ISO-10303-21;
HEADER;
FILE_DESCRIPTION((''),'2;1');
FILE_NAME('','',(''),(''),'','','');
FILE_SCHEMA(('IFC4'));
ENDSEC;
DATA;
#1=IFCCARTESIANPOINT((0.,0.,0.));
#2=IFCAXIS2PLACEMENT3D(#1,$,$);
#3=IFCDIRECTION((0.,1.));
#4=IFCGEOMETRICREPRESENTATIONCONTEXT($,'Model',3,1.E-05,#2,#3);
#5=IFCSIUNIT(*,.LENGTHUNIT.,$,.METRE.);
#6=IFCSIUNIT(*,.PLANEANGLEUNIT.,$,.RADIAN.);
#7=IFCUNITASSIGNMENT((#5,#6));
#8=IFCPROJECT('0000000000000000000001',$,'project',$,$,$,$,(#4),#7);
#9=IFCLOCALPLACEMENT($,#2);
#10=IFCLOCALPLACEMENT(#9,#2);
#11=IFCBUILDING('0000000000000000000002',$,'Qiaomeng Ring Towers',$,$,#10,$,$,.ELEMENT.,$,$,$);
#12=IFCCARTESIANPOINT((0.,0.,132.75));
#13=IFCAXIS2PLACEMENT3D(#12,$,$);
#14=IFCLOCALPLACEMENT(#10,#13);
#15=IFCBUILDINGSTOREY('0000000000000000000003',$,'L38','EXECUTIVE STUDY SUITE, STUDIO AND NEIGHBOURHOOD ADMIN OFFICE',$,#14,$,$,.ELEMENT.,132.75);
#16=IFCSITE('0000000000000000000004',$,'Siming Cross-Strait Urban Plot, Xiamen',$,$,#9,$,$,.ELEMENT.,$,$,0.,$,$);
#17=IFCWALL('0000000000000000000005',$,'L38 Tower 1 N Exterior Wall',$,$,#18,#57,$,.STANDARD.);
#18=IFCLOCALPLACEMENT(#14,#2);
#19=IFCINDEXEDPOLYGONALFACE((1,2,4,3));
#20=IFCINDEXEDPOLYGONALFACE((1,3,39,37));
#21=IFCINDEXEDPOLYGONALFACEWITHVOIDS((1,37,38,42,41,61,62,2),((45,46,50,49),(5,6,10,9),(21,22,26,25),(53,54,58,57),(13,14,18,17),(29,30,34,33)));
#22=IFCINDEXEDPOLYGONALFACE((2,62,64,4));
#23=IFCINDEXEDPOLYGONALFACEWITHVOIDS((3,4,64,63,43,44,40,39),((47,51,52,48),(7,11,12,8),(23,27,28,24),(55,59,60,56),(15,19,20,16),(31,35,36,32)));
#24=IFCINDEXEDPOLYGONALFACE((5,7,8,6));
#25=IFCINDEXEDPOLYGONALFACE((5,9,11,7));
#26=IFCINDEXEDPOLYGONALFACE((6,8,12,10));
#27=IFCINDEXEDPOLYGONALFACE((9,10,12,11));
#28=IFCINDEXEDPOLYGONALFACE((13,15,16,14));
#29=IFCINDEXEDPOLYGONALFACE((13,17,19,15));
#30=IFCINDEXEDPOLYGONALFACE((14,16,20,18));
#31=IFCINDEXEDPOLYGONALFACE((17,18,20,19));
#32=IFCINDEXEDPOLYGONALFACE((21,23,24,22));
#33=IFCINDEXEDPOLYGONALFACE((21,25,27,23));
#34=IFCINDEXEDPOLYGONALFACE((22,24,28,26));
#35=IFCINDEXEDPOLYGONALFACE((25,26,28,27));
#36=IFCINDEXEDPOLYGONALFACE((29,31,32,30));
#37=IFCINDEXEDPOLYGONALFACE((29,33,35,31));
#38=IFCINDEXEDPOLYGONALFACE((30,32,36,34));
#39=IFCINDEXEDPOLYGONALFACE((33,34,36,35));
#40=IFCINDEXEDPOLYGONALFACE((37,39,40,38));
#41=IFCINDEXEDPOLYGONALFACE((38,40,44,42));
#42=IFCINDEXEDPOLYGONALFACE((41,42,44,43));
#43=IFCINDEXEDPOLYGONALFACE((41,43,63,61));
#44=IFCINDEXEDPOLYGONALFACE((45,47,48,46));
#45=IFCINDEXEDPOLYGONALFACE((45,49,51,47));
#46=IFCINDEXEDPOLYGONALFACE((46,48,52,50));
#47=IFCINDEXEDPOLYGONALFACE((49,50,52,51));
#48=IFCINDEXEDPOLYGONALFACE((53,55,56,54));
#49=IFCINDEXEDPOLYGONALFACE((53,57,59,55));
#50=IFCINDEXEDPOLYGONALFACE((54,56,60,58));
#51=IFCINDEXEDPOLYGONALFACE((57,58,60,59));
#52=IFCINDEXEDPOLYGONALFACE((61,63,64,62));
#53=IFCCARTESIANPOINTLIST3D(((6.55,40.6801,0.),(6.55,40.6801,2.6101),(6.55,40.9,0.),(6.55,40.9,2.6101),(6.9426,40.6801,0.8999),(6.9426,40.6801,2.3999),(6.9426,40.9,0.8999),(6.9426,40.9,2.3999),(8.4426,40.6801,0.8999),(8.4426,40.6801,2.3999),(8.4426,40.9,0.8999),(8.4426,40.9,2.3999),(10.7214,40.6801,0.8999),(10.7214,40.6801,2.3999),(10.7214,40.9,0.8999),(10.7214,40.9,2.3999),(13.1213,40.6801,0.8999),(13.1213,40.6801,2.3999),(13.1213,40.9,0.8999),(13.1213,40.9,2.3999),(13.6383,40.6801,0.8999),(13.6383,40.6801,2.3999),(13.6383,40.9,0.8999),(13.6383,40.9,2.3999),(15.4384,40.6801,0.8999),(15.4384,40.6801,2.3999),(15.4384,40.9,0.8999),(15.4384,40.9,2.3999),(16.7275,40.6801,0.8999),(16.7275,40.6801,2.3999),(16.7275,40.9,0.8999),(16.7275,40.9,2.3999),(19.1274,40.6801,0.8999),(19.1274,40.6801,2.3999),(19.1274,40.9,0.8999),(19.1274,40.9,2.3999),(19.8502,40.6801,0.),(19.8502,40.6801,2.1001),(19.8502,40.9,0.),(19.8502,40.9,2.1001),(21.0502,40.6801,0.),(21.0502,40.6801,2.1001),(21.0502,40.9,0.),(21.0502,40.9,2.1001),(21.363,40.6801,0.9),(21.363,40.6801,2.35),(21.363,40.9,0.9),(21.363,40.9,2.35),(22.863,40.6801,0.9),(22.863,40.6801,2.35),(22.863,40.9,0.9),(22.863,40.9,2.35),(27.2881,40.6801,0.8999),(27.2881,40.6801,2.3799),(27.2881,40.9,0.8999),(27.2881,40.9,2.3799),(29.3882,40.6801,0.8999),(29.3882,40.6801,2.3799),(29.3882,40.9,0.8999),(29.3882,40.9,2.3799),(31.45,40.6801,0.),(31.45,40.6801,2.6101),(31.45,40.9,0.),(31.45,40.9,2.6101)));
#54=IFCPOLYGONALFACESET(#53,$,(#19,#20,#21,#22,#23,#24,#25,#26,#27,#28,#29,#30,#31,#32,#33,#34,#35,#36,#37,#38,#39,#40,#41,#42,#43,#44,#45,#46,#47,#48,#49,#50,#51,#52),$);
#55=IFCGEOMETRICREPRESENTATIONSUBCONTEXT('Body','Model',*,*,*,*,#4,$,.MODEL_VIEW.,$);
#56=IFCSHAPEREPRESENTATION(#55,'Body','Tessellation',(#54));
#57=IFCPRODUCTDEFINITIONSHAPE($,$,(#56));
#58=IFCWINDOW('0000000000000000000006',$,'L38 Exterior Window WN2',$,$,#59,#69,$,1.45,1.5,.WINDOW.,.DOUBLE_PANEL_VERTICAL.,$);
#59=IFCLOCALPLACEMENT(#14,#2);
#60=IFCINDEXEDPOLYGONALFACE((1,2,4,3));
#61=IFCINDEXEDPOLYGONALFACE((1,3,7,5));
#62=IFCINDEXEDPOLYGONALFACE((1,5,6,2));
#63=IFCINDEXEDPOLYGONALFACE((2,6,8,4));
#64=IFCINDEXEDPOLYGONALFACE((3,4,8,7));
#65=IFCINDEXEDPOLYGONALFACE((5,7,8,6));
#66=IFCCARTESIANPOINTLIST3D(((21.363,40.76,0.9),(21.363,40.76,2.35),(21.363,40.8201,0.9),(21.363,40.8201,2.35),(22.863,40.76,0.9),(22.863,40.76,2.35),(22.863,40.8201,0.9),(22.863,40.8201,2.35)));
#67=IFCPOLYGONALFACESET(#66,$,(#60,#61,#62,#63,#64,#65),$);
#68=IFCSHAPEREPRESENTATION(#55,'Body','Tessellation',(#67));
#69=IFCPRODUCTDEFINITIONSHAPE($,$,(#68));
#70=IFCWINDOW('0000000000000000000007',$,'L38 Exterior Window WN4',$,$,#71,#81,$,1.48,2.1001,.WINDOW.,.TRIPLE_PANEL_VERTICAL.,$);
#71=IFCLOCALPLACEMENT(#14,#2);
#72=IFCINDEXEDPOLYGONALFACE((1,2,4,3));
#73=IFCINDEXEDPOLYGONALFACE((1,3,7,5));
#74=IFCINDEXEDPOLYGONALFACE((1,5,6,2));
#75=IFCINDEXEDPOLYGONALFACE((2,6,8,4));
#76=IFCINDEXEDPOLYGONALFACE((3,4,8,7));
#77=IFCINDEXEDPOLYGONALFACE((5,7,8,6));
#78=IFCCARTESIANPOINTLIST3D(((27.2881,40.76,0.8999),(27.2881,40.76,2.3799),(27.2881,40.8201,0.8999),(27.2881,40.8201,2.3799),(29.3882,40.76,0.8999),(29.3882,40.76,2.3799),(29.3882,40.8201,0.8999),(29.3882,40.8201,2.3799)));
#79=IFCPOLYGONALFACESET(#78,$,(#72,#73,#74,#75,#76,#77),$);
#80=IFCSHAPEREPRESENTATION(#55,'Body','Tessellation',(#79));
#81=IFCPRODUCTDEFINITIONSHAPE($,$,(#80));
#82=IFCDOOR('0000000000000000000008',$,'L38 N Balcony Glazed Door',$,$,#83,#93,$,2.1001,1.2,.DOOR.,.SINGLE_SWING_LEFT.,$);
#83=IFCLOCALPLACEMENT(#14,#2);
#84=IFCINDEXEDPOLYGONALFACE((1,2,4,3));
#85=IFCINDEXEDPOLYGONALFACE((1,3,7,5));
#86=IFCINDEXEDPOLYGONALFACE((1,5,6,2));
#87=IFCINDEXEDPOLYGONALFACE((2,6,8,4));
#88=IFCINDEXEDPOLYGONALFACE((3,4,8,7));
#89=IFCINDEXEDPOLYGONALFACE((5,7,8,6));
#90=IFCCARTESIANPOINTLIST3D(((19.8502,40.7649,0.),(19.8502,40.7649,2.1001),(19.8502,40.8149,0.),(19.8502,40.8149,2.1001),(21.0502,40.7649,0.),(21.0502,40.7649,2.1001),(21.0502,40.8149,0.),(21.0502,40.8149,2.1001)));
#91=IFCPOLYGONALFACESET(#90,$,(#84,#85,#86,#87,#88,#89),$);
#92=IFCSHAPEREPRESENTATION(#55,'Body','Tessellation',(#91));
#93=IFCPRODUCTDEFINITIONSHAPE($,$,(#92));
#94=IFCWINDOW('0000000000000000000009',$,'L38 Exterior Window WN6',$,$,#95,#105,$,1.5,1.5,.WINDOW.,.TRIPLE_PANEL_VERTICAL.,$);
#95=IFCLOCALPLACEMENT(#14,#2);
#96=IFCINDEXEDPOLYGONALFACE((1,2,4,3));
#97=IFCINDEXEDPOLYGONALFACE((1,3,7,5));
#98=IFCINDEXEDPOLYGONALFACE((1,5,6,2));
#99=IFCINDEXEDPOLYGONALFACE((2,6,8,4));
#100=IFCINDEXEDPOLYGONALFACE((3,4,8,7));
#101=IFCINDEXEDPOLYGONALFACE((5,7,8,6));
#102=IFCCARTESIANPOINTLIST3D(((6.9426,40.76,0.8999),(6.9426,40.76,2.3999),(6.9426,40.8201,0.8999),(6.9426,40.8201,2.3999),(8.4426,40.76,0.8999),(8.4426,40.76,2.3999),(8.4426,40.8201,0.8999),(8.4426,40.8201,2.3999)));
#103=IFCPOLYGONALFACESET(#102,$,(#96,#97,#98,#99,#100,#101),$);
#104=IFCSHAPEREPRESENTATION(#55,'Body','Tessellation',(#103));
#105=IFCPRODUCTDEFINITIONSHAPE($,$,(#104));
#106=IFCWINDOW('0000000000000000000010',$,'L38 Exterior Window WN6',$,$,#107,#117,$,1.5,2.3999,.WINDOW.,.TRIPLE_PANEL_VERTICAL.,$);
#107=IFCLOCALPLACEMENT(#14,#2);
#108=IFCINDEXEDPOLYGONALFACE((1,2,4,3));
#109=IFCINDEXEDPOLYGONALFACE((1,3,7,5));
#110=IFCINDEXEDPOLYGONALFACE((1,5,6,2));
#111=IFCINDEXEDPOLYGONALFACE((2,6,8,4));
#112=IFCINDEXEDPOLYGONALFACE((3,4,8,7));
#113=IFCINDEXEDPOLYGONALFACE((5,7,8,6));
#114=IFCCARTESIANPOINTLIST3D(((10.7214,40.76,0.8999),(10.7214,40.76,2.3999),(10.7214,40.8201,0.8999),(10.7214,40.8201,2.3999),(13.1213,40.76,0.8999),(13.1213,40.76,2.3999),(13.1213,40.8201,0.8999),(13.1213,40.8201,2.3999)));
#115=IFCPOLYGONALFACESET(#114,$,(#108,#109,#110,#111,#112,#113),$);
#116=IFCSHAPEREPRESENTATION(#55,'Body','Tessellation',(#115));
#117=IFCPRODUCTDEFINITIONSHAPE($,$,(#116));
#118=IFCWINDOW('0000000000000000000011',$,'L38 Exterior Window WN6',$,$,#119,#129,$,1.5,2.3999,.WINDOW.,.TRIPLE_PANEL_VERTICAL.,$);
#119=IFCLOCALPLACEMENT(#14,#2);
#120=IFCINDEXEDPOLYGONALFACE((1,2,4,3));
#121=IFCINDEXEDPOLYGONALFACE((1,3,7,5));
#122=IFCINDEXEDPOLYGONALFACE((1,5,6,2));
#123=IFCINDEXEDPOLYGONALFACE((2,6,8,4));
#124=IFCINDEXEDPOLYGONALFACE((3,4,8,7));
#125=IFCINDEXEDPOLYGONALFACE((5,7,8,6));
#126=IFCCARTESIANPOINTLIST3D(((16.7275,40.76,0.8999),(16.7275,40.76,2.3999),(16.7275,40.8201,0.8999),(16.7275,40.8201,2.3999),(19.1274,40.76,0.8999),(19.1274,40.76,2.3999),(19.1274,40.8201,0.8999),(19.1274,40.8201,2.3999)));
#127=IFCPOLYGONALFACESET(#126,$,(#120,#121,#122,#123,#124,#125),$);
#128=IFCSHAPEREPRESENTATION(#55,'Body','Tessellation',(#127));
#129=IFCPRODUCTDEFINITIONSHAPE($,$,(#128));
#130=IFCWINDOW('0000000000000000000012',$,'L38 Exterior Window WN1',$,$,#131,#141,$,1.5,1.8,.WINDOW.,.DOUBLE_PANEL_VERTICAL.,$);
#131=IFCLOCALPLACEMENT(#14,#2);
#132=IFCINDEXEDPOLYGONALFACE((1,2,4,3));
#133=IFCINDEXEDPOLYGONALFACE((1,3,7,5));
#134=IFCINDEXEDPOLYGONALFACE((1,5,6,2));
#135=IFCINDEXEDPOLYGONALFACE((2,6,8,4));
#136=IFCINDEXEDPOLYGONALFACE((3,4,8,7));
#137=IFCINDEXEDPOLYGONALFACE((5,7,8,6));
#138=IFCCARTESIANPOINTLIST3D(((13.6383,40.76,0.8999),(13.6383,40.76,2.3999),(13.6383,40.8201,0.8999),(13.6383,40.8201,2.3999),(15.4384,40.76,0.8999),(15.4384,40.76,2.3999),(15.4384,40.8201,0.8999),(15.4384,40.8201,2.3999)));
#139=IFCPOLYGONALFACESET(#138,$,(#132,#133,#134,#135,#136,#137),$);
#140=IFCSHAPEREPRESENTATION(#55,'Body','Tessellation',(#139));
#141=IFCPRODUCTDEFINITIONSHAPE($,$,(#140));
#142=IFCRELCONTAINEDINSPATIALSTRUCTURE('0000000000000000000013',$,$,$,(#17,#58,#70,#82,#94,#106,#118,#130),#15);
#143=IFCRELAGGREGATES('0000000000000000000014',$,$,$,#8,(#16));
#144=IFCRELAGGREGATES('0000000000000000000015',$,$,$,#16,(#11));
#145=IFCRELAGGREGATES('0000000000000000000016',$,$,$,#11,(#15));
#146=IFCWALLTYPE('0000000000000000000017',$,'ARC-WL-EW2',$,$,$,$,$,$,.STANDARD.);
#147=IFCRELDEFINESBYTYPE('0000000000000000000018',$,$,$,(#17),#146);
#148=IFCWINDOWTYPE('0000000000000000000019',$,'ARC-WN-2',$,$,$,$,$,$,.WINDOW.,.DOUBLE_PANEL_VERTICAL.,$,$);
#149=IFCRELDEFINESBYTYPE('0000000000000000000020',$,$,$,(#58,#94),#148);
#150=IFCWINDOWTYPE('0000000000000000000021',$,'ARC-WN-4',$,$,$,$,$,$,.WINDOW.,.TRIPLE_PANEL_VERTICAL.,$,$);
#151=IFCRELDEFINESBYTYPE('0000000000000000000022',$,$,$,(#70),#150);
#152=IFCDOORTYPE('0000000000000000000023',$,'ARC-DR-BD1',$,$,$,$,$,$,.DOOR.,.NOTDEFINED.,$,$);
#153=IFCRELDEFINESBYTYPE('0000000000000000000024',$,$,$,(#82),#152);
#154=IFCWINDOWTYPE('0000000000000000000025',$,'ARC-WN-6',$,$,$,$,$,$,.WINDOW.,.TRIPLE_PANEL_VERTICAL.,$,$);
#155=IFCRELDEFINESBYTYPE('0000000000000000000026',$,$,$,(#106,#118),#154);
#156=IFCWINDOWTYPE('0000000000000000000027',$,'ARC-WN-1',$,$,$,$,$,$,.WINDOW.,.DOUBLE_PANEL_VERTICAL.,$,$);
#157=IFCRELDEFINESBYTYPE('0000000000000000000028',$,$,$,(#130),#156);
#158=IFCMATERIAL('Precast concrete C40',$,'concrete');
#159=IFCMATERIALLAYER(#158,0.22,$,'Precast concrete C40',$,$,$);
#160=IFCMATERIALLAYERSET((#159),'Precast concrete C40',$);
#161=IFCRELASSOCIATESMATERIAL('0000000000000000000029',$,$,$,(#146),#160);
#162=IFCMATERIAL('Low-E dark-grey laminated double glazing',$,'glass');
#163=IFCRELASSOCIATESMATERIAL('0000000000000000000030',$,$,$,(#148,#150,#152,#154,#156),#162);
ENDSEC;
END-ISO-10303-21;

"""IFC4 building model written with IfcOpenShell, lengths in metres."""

from ifc_helpers import new_model, si_unit, direction, frame, frame_2d, origin, place, context, subcontext, project, spatial, rectangle, extrude, source, transform, mapped, material, layer, layer_set, type_object, element, fill, save


model = new_model("IFC4")

# Units and contexts
model_context = context("Model", 3, precision=1e-05, world=origin(), true_north=direction((0.0, 1.0)))
body_context = subcontext(model_context, "Body", "Model", "MODEL_VIEW")
ifc_project = project(units=[si_unit("LENGTHUNIT", "METRE"), si_unit("PLANEANGLEUNIT", "RADIAN")], contexts=[model_context])

# Site, building, storey
site_placement = place(None, origin())
site = spatial("IfcSite", under=ifc_project, at=site_placement, Name="Siming Cross-Strait Urban Plot, Xiamen", CompositionType="ELEMENT", RefElevation=0.0)
building_placement = place(site_placement, origin())
building = spatial("IfcBuilding", under=site, at=building_placement, Name="Qiaomeng Ring Towers", CompositionType="ELEMENT")
storey_placement = place(building_placement, frame((0.0, 0.0, 132.75)))
storey = spatial("IfcBuildingStorey", under=building, at=storey_placement, Name="L38", Description="EXECUTIVE STUDY SUITE, STUDIO AND NEIGHBOURHOOD ADMIN OFFICE", CompositionType="ELEMENT", Elevation=132.75)

# Wall, openings, windows, door
ifc_material_1 = material(Name="Precast concrete C40", Category="concrete")
ifc_layer_1 = layer(ifc_material_1, 0.22, Name="Precast concrete C40")
ifc_layer_set_1 = layer_set([ifc_layer_1], Name="Precast concrete C40")
wall_type_1 = type_object("IfcWallType", Name="ARC-WL-EW2", PredefinedType="STANDARD", material=ifc_layer_set_1)
wall_1_placement = place(storey_placement, frame((6.55, 40.79, 0.0), z_axis=(0.0, 0.0, 1.0), x_axis=(1.0, 0.0, 0.0)))
wall_1 = element("IfcWall", 1, at=wall_1_placement, inside=storey, type_object=wall_type_1, Name="L38 Tower 1 N Exterior Wall", PredefinedType="STANDARD", context=body_context, shape_type="SweptSolid", body=[
    extrude(rectangle(XDim=24.8999, YDim=0.22, at=frame_2d((12.45, 0.0))), origin(), (0.0, 0.0, 1.0), 2.6101),
])
opening_1_placement = place(wall_1_placement, frame((13.3, 0.0, 0.0)))
opening_1 = element("IfcOpeningElement", 2, at=opening_1_placement, cuts=wall_1, PredefinedType="OPENING", context=body_context, shape_type="SweptSolid", body=[
    extrude(rectangle(XDim=1.2, YDim=2.1001, at=frame_2d((0.6001, 1.05))), frame((0.0, 0.1199, 0.0), z_axis=(0.0, -1.0, 0.0), x_axis=(1.0, 0.0, 0.0)), (0.0, 0.0, 1.0), 0.24),
])
opening_2_placement = place(wall_1_placement, frame((0.3926, 0.0, 0.8999)))
opening_2 = element("IfcOpeningElement", 3, at=opening_2_placement, cuts=wall_1, PredefinedType="OPENING", context=body_context, shape_type="SweptSolid", body=[
    extrude(rectangle(XDim=1.5, YDim=1.5, at=frame_2d((0.75, 0.75))), frame((0.0, 0.1199, 0.0), z_axis=(0.0, -1.0, 0.0), x_axis=(1.0, 0.0, 0.0)), (0.0, 0.0, 1.0), 0.24),
])
opening_3_placement = place(wall_1_placement, frame((7.0884, 0.0, 0.8999)))
opening_3 = element("IfcOpeningElement", 4, at=opening_3_placement, cuts=wall_1, PredefinedType="OPENING", context=body_context, shape_type="SweptSolid", body=[
    extrude(rectangle(XDim=1.8, YDim=1.5, at=frame_2d((0.8999, 0.75))), frame((0.0, 0.1199, 0.0), z_axis=(0.0, -1.0, 0.0), x_axis=(1.0, 0.0, 0.0)), (0.0, 0.0, 1.0), 0.24),
])
opening_4_placement = place(wall_1_placement, frame((14.813, 0.0, 0.8999)))
opening_4 = element("IfcOpeningElement", 5, at=opening_4_placement, cuts=wall_1, PredefinedType="OPENING", context=body_context, shape_type="SweptSolid", body=[
    extrude(rectangle(XDim=1.5, YDim=1.45, at=frame_2d((0.75, 0.7251))), frame((0.0, 0.1199, 0.0), z_axis=(0.0, -1.0, 0.0), x_axis=(1.0, 0.0, 0.0)), (0.0, 0.0, 1.0), 0.24),
])
opening_5_placement = place(wall_1_placement, frame((20.738, 0.0, 0.8999)))
opening_5 = element("IfcOpeningElement", 6, at=opening_5_placement, cuts=wall_1, PredefinedType="OPENING", context=body_context, shape_type="SweptSolid", body=[
    extrude(rectangle(XDim=2.1001, YDim=1.48, at=frame_2d((1.05, 0.74))), frame((0.0, 0.1199, 0.0), z_axis=(0.0, -1.0, 0.0), x_axis=(1.0, 0.0, 0.0)), (0.0, 0.0, 1.0), 0.24),
])
opening_6_placement = place(wall_1_placement, frame((4.1714, 0.0, 0.8999)))
opening_6 = element("IfcOpeningElement", 7, at=opening_6_placement, cuts=wall_1, PredefinedType="OPENING", context=body_context, shape_type="SweptSolid", body=[
    extrude(rectangle(XDim=2.3999, YDim=1.5, at=frame_2d((1.2, 0.75))), frame((0.0, 0.1199, 0.0), z_axis=(0.0, -1.0, 0.0), x_axis=(1.0, 0.0, 0.0)), (0.0, 0.0, 1.0), 0.24),
])
opening_7_placement = place(wall_1_placement, frame((10.1775, 0.0, 0.8999)))
opening_7 = element("IfcOpeningElement", 8, at=opening_7_placement, cuts=wall_1, PredefinedType="OPENING", context=body_context, shape_type="SweptSolid", body=[
    extrude(rectangle(XDim=2.3999, YDim=1.5, at=frame_2d((1.2, 0.75))), frame((0.0, 0.1199, 0.0), z_axis=(0.0, -1.0, 0.0), x_axis=(1.0, 0.0, 0.0)), (0.0, 0.0, 1.0), 0.24),
])
ifc_material_2 = material(Name="Low-E dark-grey laminated double glazing", Category="glass")
window_type_1 = type_object("IfcWindowType", Name="ARC-WN-2", PartitioningType="DOUBLE_PANEL_VERTICAL", PredefinedType="WINDOW", material=ifc_material_2)
shared_shape_1 = source(origin(), body_context, "Body", "SweptSolid", [
    extrude(rectangle(XDim=1.5, YDim=1.45, at=frame_2d((0.75, 0.7251))), frame((0.0, 0.03, 0.0), z_axis=(0.0, -1.0, 0.0), x_axis=(1.0, 0.0, 0.0)), (0.0, 0.0, 1.0), 0.0601),
])
window_1_placement = place(opening_4_placement, origin())
window_1 = element("IfcWindow", 9, at=window_1_placement, inside=storey, type_object=window_type_1, Name="L38 Exterior Window WN2", OverallHeight=1.45, OverallWidth=1.5, PartitioningType="DOUBLE_PANEL_VERTICAL", PredefinedType="WINDOW", context=body_context, shape_type="MappedRepresentation", body=[
    mapped(shared_shape_1, transform((0.0, 0.0, 0.0), x_axis=(1.0, 0.0, 0.0), y_axis=(0.0, 1.0, 0.0), z_axis=(0.0, 0.0, 1.0), scale=1.0)),
])
fill(opening_4, window_1)
window_type_2 = type_object("IfcWindowType", Name="ARC-WN-4", PartitioningType="TRIPLE_PANEL_VERTICAL", PredefinedType="WINDOW", material=ifc_material_2)
shared_shape_2 = source(origin(), body_context, "Body", "SweptSolid", [
    extrude(rectangle(XDim=2.1001, YDim=1.48, at=frame_2d((1.05, 0.74))), frame((0.0, 0.03, 0.0), z_axis=(0.0, -1.0, 0.0), x_axis=(1.0, 0.0, 0.0)), (0.0, 0.0, 1.0), 0.0601),
])
window_2_placement = place(opening_5_placement, origin())
window_2 = element("IfcWindow", 10, at=window_2_placement, inside=storey, type_object=window_type_2, Name="L38 Exterior Window WN4", OverallHeight=1.48, OverallWidth=2.1001, PartitioningType="TRIPLE_PANEL_VERTICAL", PredefinedType="WINDOW", context=body_context, shape_type="MappedRepresentation", body=[
    mapped(shared_shape_2, transform((0.0, 0.0, 0.0), x_axis=(1.0, 0.0, 0.0), y_axis=(0.0, 1.0, 0.0), z_axis=(0.0, 0.0, 1.0), scale=1.0)),
])
fill(opening_5, window_2)
door_type = type_object("IfcDoorType", Name="ARC-DR-BD1", OperationType="NOTDEFINED", PredefinedType="DOOR", material=ifc_material_2)
shared_shape_3 = source(origin(), body_context, "Body", "SweptSolid", [
    extrude(rectangle(XDim=1.2, YDim=2.1001, at=frame_2d((0.6001, 1.05))), frame((0.0, 0.0249, 0.0), z_axis=(0.0, -1.0, 0.0), x_axis=(1.0, 0.0, 0.0)), (0.0, 0.0, 1.0), 0.05),
])
door_1_placement = place(opening_1_placement, origin())
door_1 = element("IfcDoor", 11, at=door_1_placement, inside=storey, type_object=door_type, Name="L38 N Balcony Glazed Door", OperationType="SINGLE_SWING_LEFT", OverallHeight=2.1001, OverallWidth=1.2, PredefinedType="DOOR", context=body_context, shape_type="MappedRepresentation", body=[
    mapped(shared_shape_3, transform((0.0, 0.0, 0.0), x_axis=(1.0, 0.0, 0.0), y_axis=(0.0, 1.0, 0.0), z_axis=(0.0, 0.0, 1.0), scale=1.0)),
])
fill(opening_1, door_1)
shared_shape_4 = source(origin(), body_context, "Body", "SweptSolid", [
    extrude(rectangle(XDim=1.5, YDim=1.5, at=frame_2d((0.75, 0.75))), frame((0.0, 0.03, 0.0), z_axis=(0.0, -1.0, 0.0), x_axis=(1.0, 0.0, 0.0)), (0.0, 0.0, 1.0), 0.0601),
])
window_3_placement = place(opening_2_placement, origin())
window_3 = element("IfcWindow", 12, at=window_3_placement, inside=storey, type_object=window_type_1, Name="L38 Exterior Window WN6", OverallHeight=1.5, OverallWidth=1.5, PartitioningType="TRIPLE_PANEL_VERTICAL", PredefinedType="WINDOW", context=body_context, shape_type="MappedRepresentation", body=[
    mapped(shared_shape_4, transform((0.0, 0.0, 0.0), x_axis=(1.0, 0.0, 0.0), y_axis=(0.0, 1.0, 0.0), z_axis=(0.0, 0.0, 1.0), scale=1.0)),
])
fill(opening_2, window_3)
window_type_3 = type_object("IfcWindowType", Name="ARC-WN-6", PartitioningType="TRIPLE_PANEL_VERTICAL", PredefinedType="WINDOW", material=ifc_material_2)
shared_shape_5 = source(origin(), body_context, "Body", "SweptSolid", [
    extrude(rectangle(XDim=2.3999, YDim=1.5, at=frame_2d((1.2, 0.75))), frame((0.0, 0.03, 0.0), z_axis=(0.0, -1.0, 0.0), x_axis=(1.0, 0.0, 0.0)), (0.0, 0.0, 1.0), 0.0601),
])
window_4_placement = place(opening_6_placement, origin())
window_4 = element("IfcWindow", 13, at=window_4_placement, inside=storey, type_object=window_type_3, Name="L38 Exterior Window WN6", OverallHeight=1.5, OverallWidth=2.3999, PartitioningType="TRIPLE_PANEL_VERTICAL", PredefinedType="WINDOW", context=body_context, shape_type="MappedRepresentation", body=[
    mapped(shared_shape_5, transform((0.0, 0.0, 0.0), x_axis=(1.0, 0.0, 0.0), y_axis=(0.0, 1.0, 0.0), z_axis=(0.0, 0.0, 1.0), scale=1.0)),
])
fill(opening_6, window_4)
window_5_placement = place(opening_7_placement, origin())
window_5 = element("IfcWindow", 14, at=window_5_placement, inside=storey, type_object=window_type_3, Name="L38 Exterior Window WN6", OverallHeight=1.5, OverallWidth=2.3999, PartitioningType="TRIPLE_PANEL_VERTICAL", PredefinedType="WINDOW", context=body_context, shape_type="MappedRepresentation", body=[
    mapped(shared_shape_5, transform((0.0, 0.0, 0.0), x_axis=(1.0, 0.0, 0.0), y_axis=(0.0, 1.0, 0.0), z_axis=(0.0, 0.0, 1.0), scale=1.0)),
])
fill(opening_7, window_5)
window_type_4 = type_object("IfcWindowType", Name="ARC-WN-1", PartitioningType="DOUBLE_PANEL_VERTICAL", PredefinedType="WINDOW", material=ifc_material_2)
shared_shape_6 = source(origin(), body_context, "Body", "SweptSolid", [
    extrude(rectangle(XDim=1.8, YDim=1.5, at=frame_2d((0.8999, 0.75))), frame((0.0, 0.03, 0.0), z_axis=(0.0, -1.0, 0.0), x_axis=(1.0, 0.0, 0.0)), (0.0, 0.0, 1.0), 0.0601),
])
window_6_placement = place(opening_3_placement, origin())
window_6 = element("IfcWindow", 15, at=window_6_placement, inside=storey, type_object=window_type_4, Name="L38 Exterior Window WN1", OverallHeight=1.5, OverallWidth=1.8, PartitioningType="DOUBLE_PANEL_VERTICAL", PredefinedType="WINDOW", context=body_context, shape_type="MappedRepresentation", body=[
    mapped(shared_shape_6, transform((0.0, 0.0, 0.0), x_axis=(1.0, 0.0, 0.0), y_axis=(0.0, 1.0, 0.0), z_axis=(0.0, 0.0, 1.0), scale=1.0)),
])
fill(opening_3, window_6)

save(model, "model.ifc")
